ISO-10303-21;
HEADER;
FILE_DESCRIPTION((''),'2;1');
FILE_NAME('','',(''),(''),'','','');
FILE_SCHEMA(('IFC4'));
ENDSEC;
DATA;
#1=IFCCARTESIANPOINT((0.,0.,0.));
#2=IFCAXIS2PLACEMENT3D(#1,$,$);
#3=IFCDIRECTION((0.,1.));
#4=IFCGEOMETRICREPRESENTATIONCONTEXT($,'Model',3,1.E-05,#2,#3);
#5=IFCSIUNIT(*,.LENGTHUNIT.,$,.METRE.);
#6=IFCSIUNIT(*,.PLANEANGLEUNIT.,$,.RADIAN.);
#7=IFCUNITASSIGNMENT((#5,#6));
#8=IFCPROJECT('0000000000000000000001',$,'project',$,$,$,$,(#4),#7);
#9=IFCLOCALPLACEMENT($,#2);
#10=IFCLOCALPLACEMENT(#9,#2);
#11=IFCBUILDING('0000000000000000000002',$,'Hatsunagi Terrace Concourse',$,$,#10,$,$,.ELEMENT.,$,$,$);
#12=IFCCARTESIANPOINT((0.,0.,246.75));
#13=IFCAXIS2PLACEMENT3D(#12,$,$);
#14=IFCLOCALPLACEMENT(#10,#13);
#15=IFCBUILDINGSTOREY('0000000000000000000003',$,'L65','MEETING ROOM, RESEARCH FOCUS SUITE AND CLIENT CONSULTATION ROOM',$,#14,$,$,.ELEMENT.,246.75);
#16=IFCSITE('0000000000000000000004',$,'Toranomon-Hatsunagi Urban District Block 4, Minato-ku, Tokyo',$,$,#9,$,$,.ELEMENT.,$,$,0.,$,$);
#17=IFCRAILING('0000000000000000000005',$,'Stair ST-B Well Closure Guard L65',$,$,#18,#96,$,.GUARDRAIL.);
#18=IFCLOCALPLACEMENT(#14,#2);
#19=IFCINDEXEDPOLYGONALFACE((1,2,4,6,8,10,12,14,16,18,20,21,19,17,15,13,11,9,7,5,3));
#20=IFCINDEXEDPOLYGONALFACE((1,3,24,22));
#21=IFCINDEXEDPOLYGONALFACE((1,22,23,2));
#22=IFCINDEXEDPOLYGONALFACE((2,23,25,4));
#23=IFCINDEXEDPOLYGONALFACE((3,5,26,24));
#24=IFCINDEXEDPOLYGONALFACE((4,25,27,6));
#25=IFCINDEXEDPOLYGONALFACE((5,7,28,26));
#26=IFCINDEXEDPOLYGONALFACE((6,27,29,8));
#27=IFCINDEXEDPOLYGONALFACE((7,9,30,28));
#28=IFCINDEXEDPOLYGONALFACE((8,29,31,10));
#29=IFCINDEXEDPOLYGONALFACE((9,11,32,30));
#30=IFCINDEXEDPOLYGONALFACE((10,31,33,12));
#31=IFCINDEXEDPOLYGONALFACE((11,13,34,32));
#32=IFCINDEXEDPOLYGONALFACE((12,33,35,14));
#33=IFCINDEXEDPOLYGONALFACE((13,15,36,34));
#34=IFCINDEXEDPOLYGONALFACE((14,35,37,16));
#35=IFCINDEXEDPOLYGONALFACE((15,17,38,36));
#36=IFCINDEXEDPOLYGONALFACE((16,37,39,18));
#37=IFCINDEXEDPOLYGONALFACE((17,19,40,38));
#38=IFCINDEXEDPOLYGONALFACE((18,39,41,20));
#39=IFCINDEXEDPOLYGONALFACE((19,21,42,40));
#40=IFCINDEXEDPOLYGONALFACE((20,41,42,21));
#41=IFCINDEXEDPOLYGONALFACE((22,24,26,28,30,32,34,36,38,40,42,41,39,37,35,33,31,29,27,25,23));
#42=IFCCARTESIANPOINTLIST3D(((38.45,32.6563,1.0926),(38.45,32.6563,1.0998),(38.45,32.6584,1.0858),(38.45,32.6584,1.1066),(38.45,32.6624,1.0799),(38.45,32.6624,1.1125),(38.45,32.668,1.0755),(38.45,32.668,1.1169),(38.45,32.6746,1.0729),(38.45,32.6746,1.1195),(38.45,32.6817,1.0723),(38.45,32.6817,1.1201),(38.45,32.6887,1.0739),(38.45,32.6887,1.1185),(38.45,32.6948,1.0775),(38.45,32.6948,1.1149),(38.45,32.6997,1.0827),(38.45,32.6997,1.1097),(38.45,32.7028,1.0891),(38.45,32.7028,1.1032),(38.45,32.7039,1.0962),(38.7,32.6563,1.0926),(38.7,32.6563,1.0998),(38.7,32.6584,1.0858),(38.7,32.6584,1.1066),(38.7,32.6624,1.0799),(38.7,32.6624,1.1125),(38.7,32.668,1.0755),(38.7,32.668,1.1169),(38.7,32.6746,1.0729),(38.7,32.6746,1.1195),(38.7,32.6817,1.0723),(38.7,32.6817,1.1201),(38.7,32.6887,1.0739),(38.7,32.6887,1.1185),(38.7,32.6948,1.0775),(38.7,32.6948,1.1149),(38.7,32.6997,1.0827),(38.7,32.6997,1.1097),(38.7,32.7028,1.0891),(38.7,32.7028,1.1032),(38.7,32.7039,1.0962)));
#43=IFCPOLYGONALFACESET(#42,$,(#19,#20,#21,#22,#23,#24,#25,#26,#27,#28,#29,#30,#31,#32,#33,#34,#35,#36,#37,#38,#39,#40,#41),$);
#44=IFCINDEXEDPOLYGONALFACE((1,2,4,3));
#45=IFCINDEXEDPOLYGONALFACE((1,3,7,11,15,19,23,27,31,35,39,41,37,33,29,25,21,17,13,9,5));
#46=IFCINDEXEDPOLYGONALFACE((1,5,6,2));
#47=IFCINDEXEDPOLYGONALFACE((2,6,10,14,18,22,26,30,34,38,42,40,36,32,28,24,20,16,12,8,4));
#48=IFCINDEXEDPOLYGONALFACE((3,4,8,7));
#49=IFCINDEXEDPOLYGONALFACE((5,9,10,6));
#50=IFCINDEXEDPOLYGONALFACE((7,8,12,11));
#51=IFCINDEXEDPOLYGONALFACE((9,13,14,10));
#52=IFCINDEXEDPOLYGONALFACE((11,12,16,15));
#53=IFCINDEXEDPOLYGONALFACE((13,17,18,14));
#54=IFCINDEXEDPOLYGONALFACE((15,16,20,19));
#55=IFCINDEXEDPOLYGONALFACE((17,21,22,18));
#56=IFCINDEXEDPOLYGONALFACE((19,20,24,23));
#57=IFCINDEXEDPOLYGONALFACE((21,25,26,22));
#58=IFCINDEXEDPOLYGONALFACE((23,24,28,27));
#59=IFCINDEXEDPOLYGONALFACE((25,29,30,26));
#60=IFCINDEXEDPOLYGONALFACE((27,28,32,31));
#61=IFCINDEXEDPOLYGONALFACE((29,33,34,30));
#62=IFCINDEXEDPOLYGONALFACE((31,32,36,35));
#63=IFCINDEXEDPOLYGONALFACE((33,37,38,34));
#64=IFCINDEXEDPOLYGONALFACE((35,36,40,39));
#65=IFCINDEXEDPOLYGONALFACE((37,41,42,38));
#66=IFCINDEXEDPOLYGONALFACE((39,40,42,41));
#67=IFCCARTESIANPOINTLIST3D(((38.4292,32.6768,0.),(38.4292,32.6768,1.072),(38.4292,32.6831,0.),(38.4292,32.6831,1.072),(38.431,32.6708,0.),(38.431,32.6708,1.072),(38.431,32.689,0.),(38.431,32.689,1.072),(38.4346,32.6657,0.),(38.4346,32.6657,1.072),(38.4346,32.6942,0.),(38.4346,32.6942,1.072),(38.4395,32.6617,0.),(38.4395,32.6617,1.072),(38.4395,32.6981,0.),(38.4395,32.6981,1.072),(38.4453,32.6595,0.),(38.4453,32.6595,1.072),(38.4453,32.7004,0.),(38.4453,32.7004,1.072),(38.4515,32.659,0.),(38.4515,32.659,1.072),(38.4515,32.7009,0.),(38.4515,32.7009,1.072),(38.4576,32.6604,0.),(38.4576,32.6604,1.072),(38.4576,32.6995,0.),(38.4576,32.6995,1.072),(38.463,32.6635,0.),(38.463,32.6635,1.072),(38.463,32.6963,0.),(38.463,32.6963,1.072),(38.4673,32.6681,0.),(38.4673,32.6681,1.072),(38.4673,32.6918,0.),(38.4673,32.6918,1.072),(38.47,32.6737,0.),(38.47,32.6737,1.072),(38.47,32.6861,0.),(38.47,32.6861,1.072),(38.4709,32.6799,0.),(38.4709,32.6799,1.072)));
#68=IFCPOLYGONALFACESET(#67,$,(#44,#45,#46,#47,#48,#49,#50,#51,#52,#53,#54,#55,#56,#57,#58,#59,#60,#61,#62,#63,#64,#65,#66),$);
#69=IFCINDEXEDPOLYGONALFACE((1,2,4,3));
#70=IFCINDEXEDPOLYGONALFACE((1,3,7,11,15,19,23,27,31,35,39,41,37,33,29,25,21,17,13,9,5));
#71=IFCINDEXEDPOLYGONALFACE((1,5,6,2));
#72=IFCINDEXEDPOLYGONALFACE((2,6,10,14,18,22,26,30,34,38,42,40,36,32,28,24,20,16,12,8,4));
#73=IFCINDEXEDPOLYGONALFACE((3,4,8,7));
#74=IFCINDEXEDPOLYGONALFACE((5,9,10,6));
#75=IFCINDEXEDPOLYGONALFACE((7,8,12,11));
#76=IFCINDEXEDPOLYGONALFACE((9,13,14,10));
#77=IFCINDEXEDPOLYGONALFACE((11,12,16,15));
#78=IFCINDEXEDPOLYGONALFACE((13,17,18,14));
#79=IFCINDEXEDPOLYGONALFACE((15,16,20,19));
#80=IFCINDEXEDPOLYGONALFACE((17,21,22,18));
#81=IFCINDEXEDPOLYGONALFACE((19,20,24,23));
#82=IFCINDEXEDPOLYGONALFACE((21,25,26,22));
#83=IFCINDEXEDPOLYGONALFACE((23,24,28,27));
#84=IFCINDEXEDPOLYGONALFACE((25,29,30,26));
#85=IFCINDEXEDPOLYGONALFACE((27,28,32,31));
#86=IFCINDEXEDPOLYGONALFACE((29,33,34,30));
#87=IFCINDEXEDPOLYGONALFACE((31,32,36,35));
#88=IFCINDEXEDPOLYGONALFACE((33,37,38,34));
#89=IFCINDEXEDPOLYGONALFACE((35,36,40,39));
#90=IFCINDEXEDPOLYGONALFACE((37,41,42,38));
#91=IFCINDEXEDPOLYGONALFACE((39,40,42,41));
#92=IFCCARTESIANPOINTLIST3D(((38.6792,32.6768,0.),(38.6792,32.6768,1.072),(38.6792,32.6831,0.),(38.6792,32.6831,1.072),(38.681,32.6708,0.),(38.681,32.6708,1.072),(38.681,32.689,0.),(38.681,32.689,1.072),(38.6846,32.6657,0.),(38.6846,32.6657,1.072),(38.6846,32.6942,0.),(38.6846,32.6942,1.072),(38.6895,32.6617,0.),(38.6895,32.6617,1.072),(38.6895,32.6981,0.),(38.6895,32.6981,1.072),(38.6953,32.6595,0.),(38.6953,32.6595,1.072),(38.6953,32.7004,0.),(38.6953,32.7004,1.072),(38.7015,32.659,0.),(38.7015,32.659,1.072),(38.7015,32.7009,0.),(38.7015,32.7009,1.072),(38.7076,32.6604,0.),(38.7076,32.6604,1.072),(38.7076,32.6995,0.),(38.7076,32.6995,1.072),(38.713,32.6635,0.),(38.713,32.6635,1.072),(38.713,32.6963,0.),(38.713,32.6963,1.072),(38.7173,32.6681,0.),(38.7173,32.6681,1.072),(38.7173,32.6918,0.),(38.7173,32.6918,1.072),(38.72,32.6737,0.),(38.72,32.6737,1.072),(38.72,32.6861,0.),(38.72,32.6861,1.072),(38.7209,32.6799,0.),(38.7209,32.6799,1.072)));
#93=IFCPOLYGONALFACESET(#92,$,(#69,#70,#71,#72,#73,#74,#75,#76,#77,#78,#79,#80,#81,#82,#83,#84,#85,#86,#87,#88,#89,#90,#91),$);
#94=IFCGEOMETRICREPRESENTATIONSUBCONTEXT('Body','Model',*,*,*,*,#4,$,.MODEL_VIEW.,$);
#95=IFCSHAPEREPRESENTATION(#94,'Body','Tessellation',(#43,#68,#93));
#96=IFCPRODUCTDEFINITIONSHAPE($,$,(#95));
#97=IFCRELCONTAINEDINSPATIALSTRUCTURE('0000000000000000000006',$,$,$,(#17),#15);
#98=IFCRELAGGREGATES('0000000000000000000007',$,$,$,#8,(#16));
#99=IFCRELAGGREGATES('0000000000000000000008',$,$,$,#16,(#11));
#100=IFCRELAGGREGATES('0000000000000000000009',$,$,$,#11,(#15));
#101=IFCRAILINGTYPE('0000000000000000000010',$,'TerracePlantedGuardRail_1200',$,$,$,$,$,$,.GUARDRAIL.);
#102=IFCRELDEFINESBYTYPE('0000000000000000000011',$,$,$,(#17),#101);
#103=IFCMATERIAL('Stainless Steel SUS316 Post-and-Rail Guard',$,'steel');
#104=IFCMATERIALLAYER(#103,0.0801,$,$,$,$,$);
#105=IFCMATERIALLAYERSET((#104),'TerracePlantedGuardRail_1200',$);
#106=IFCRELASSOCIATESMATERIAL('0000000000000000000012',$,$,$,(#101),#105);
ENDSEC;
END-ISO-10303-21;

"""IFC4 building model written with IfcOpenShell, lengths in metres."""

from ifc_helpers import new_model, si_unit, direction, frame, origin, origin_2d, place, context, subcontext, project, spatial, circle, extrude, material, layer, layer_set, type_object, element, save


model = new_model("IFC4")

# Units and contexts
model_context = context("Model", 3, precision=1e-05, world=origin(), true_north=direction((0.0, 1.0)))
body_context = subcontext(model_context, "Body", "Model", "MODEL_VIEW")
ifc_project = project(units=[si_unit("LENGTHUNIT", "METRE"), si_unit("PLANEANGLEUNIT", "RADIAN")], contexts=[model_context])

# Site, building, storey
site_placement = place(None, origin())
site = spatial("IfcSite", under=ifc_project, at=site_placement, Name="Toranomon-Hatsunagi Urban District Block 4, Minato-ku, Tokyo", CompositionType="ELEMENT", RefElevation=0.0)
building_placement = place(site_placement, origin())
building = spatial("IfcBuilding", under=site, at=building_placement, Name="Hatsunagi Terrace Concourse", CompositionType="ELEMENT")
storey_placement = place(building_placement, frame((0.0, 0.0, 246.75)))
storey = spatial("IfcBuildingStorey", under=building, at=storey_placement, Name="L65", Description="MEETING ROOM, RESEARCH FOCUS SUITE AND CLIENT CONSULTATION ROOM", CompositionType="ELEMENT", Elevation=246.75)

# Railing
ifc_material_1 = material(Name="Stainless Steel SUS316 Post-and-Rail Guard", Category="steel")
ifc_layer_1 = layer(ifc_material_1, 0.0801)
ifc_layer_set_1 = layer_set([ifc_layer_1], Name="TerracePlantedGuardRail_1200")
railing_type_1 = type_object("IfcRailingType", Name="TerracePlantedGuardRail_1200", PredefinedType="GUARDRAIL", material=ifc_layer_set_1)
railing_1_placement = place(storey_placement, frame((38.45, 32.6799, 0.0)))
element("IfcRailing", 1, at=railing_1_placement, inside=storey, type_object=railing_type_1, Name="Stair ST-B Well Closure Guard L65", PredefinedType="GUARDRAIL", context=body_context, shape_type="SweptSolid", body=[
    extrude(circle(Radius=0.0239, at=origin_2d()), frame((0.0, 0.0, 1.0962), z_axis=(1.0, 0.0, 0.0), x_axis=(0.0, 1.0, 0.0)), (0.0, 0.0, 1.0), 0.25),
    extrude(circle(Radius=0.021, at=origin_2d()), origin(), (0.0, 0.0, 1.0), 1.072),
    extrude(circle(Radius=0.021, at=origin_2d()), frame((0.25, 0.0, 0.0)), (0.0, 0.0, 1.0), 1.072),
])

save(model, "model.ifc")
